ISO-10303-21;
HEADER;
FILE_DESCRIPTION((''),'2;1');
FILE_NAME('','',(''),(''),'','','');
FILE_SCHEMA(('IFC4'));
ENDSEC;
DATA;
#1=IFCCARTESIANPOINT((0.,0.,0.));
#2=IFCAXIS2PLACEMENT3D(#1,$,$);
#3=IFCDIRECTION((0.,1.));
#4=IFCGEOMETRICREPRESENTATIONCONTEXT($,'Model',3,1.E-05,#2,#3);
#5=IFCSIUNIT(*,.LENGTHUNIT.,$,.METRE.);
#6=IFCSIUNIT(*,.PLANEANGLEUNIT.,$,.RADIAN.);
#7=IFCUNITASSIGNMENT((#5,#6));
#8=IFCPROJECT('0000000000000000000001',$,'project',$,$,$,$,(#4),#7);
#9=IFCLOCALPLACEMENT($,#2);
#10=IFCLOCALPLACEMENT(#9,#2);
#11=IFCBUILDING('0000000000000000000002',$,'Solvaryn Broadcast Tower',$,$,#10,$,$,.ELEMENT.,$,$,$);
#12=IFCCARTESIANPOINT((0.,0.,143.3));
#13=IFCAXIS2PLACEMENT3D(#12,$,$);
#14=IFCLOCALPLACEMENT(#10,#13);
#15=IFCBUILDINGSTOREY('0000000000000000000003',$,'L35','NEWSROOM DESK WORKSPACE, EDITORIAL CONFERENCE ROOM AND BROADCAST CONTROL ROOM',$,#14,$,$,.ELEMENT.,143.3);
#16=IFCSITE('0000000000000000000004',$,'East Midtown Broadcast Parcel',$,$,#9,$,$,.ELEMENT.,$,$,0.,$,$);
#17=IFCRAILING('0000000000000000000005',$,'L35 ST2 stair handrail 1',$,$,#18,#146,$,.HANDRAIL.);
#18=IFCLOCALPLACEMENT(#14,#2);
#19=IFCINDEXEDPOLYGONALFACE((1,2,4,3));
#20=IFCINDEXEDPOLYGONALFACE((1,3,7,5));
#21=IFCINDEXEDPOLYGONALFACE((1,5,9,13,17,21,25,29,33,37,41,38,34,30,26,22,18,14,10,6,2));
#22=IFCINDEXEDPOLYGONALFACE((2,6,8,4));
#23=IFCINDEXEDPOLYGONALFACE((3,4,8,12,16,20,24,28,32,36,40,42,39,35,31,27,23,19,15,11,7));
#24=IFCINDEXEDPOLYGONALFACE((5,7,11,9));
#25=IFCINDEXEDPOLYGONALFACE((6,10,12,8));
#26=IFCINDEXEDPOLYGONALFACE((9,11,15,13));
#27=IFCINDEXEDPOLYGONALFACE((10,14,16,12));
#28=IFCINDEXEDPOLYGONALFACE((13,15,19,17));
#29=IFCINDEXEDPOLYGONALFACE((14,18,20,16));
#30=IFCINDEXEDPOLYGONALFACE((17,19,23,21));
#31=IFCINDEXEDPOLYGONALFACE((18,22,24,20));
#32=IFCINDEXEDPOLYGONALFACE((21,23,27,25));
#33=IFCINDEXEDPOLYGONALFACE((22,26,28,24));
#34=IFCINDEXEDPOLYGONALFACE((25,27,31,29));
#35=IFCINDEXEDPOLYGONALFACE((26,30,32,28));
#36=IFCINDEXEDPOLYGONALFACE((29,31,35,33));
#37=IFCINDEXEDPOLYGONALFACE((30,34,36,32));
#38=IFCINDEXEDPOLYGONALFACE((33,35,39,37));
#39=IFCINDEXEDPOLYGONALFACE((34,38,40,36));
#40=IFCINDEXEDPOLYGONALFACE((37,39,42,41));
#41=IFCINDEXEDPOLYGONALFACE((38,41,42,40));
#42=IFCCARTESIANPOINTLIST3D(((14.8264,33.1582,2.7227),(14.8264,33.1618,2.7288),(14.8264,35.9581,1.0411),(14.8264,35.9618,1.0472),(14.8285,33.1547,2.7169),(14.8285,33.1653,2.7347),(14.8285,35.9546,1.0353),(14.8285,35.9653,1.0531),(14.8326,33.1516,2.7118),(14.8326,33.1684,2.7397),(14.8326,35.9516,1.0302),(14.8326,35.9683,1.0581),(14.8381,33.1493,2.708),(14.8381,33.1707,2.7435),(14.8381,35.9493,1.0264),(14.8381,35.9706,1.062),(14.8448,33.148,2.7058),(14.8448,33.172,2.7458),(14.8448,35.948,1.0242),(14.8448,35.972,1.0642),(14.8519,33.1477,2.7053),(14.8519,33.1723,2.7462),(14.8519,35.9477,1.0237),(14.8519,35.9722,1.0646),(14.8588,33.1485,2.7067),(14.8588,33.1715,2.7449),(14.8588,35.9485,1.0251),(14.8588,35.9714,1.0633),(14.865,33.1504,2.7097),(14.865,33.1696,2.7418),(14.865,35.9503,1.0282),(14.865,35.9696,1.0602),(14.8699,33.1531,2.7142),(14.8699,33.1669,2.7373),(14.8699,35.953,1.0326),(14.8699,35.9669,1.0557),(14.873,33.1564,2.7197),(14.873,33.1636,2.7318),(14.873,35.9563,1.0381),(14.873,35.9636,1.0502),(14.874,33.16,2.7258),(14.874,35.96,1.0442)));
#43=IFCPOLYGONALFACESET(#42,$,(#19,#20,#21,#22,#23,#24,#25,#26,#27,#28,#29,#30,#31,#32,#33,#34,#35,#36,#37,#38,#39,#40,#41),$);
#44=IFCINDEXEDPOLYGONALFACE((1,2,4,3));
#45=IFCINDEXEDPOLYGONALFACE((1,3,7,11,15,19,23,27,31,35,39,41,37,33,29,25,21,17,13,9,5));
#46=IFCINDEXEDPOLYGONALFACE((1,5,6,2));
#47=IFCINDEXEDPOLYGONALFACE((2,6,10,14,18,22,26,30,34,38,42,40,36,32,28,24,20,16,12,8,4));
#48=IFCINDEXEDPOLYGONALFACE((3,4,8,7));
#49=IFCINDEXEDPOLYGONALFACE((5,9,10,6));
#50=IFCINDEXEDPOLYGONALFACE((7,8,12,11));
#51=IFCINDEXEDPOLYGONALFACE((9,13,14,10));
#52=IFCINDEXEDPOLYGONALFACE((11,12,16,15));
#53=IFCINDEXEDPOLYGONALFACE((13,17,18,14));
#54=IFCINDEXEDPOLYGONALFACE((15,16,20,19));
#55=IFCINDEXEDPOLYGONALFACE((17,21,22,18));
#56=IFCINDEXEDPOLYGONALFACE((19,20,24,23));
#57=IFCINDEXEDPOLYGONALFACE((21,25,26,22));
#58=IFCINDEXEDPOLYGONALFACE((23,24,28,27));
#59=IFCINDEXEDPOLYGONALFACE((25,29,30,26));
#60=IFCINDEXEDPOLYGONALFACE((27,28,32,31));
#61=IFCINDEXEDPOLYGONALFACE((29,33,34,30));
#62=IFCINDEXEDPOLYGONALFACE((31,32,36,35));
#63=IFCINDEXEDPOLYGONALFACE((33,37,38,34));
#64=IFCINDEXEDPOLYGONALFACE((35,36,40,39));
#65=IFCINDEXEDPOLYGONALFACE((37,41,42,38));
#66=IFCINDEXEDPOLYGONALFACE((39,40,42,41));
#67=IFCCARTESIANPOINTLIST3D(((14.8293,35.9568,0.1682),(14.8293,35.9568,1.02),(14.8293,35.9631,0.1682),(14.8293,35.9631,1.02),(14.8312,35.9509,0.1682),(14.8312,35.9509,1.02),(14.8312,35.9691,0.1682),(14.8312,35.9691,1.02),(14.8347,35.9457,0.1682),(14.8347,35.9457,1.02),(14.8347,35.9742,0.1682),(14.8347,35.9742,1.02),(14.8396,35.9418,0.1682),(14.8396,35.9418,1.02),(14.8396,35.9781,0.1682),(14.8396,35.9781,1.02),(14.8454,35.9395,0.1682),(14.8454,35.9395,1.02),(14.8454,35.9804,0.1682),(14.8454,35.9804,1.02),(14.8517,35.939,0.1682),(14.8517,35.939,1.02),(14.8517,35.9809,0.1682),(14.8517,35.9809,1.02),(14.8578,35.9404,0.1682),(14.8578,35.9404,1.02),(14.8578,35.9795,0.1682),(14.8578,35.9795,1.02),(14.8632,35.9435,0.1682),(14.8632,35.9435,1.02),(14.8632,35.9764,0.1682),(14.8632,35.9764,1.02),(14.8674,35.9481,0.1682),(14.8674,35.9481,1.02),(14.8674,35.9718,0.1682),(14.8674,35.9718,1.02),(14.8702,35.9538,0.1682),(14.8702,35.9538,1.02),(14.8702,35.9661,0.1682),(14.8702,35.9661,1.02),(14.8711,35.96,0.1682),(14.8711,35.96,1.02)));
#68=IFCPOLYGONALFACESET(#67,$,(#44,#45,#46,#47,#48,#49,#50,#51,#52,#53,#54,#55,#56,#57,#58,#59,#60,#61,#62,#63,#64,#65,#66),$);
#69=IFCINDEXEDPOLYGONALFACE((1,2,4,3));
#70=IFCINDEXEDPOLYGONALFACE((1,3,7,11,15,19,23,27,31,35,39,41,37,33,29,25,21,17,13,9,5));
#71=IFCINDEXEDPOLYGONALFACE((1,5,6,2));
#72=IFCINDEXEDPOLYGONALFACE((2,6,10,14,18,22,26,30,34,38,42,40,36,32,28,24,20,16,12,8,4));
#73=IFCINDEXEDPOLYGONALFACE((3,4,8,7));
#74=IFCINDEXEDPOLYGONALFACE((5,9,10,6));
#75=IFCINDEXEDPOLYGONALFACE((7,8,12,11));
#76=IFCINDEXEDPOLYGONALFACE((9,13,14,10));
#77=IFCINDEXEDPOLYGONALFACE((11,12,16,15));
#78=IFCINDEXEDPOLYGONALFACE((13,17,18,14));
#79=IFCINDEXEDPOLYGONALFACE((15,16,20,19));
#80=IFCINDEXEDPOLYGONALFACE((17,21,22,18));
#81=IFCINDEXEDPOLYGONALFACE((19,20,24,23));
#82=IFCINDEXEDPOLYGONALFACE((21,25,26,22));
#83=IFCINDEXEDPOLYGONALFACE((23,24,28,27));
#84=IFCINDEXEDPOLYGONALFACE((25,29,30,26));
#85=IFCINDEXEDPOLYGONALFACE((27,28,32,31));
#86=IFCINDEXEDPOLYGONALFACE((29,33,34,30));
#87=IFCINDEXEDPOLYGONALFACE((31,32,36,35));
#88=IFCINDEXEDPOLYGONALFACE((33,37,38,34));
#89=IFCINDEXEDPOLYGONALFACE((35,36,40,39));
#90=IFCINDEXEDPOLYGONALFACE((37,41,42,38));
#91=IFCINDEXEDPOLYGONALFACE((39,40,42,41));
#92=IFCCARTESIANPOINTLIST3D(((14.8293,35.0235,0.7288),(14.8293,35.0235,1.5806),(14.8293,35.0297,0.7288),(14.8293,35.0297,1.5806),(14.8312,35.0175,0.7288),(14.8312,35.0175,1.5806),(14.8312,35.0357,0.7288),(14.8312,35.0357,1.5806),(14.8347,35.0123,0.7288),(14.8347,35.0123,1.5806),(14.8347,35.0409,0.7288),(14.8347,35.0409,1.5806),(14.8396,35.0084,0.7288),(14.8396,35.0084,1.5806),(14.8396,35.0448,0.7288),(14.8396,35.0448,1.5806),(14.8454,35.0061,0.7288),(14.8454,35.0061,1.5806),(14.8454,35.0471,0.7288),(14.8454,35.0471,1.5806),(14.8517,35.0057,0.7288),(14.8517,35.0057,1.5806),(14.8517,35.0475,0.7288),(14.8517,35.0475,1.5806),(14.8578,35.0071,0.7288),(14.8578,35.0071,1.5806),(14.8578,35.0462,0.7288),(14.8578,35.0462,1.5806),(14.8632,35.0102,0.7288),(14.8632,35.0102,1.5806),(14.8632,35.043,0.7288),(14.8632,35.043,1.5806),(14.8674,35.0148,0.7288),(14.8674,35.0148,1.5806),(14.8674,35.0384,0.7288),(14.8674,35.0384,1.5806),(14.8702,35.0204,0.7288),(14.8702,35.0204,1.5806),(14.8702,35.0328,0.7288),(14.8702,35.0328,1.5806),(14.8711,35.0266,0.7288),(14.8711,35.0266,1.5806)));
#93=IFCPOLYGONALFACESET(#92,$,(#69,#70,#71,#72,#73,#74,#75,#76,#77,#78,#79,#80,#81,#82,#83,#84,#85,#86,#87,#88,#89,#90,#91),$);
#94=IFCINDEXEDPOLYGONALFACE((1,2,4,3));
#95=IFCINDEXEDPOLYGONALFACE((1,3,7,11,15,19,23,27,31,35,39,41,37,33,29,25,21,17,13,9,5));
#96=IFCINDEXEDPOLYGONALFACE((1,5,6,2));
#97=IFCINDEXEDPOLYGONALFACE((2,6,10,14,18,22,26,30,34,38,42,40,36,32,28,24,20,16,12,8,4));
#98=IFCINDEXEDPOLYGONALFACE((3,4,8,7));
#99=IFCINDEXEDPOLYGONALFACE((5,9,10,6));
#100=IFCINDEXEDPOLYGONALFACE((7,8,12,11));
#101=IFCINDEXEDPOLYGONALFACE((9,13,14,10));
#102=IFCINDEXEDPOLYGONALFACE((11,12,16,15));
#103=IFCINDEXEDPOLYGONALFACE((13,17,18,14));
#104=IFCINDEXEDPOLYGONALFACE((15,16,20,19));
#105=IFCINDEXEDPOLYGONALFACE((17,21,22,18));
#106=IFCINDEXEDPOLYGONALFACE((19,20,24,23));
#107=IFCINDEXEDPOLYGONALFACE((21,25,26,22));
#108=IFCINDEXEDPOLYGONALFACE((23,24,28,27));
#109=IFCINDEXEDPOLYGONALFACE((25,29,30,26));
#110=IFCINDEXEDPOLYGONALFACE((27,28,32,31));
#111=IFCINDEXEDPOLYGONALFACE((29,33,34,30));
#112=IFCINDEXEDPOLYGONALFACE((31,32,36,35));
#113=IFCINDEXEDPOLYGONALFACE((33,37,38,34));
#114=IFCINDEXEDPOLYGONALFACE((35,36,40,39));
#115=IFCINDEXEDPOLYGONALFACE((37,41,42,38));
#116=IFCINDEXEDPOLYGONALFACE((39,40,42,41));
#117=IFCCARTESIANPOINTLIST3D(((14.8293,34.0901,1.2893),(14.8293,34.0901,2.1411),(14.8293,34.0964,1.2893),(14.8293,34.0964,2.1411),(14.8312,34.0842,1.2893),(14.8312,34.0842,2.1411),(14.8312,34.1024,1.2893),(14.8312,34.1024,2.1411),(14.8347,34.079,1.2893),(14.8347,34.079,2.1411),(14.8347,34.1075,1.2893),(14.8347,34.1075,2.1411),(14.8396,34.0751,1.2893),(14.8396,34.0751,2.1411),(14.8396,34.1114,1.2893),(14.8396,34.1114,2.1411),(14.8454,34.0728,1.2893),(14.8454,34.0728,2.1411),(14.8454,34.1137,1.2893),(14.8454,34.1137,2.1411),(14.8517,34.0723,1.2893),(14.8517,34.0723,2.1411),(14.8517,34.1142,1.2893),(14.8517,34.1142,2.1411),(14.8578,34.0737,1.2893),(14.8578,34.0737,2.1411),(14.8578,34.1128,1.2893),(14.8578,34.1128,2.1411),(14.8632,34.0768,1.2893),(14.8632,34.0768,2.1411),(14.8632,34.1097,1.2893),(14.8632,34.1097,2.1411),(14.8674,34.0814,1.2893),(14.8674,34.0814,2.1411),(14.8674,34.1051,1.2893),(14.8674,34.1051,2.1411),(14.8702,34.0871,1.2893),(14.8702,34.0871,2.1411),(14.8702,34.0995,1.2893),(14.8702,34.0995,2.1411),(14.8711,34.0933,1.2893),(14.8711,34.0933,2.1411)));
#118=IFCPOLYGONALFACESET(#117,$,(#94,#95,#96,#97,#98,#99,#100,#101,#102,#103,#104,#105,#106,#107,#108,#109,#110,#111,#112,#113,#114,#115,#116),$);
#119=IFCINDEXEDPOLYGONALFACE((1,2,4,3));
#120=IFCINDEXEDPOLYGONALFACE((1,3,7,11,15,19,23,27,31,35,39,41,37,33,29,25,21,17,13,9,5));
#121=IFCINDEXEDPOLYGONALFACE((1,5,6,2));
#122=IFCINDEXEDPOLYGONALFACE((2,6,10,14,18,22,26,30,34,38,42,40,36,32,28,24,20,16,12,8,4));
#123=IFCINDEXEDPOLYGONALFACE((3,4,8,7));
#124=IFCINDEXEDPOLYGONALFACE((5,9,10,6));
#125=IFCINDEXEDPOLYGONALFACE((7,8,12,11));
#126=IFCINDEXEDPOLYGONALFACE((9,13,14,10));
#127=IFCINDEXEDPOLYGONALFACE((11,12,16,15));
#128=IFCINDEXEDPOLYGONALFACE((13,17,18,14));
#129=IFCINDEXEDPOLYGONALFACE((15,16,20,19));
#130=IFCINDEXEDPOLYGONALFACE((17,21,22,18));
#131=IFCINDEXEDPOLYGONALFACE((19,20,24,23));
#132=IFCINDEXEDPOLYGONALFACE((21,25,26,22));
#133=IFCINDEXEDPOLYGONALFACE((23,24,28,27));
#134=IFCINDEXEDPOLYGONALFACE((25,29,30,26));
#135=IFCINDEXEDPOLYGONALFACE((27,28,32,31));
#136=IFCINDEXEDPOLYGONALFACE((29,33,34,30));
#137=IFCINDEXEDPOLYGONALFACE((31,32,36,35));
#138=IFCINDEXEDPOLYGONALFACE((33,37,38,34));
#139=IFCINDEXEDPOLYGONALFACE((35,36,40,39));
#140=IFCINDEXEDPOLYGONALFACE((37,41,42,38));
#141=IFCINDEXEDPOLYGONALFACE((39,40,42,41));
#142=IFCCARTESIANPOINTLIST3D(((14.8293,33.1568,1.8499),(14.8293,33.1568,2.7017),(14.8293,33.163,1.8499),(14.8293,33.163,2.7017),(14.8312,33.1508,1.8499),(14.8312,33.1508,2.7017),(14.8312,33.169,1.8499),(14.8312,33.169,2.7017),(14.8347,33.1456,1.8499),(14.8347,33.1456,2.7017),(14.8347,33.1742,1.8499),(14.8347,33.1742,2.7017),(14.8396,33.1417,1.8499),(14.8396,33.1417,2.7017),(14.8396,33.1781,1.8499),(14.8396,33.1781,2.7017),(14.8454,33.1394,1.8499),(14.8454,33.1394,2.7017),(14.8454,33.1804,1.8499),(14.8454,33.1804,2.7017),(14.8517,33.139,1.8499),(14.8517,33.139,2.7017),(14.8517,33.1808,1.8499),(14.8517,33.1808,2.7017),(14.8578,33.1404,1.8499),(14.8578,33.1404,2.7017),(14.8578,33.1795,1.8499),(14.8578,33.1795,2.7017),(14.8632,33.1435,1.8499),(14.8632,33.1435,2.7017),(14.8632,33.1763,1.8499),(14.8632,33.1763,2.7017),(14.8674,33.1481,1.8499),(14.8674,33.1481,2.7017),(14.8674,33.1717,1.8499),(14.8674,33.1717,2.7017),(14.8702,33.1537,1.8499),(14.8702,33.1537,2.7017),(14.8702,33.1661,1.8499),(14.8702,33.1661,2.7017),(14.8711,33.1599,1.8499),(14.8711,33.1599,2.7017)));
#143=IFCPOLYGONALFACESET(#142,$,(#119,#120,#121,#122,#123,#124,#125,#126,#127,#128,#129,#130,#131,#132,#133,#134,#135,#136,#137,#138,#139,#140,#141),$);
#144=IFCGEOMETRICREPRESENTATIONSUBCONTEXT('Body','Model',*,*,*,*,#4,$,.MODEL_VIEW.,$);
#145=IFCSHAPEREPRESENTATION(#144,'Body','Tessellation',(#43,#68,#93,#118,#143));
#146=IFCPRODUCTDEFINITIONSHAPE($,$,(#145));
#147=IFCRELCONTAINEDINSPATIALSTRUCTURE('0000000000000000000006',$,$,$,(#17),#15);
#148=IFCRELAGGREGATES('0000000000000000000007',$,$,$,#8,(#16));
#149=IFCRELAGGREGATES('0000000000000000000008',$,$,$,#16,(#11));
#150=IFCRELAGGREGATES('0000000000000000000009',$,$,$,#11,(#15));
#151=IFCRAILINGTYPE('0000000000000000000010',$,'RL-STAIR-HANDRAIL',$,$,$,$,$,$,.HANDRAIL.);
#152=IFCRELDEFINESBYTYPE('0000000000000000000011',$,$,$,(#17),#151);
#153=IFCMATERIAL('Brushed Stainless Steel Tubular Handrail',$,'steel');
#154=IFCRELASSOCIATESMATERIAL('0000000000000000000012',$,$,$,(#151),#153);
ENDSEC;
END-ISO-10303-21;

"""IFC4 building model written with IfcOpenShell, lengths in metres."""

from ifc_helpers import new_model, si_unit, direction, frame, origin, origin_2d, place, context, subcontext, project, spatial, circle, extrude, material, type_object, element, save


model = new_model("IFC4")

# Units and contexts
model_context = context("Model", 3, precision=1e-05, world=origin(), true_north=direction((0.0, 1.0)))
body_context = subcontext(model_context, "Body", "Model", "MODEL_VIEW")
ifc_project = project(units=[si_unit("LENGTHUNIT", "METRE"), si_unit("PLANEANGLEUNIT", "RADIAN")], contexts=[model_context])

# Site, building, storey
site_placement = place(None, origin())
site = spatial("IfcSite", under=ifc_project, at=site_placement, Name="East Midtown Broadcast Parcel", CompositionType="ELEMENT", RefElevation=0.0)
building_placement = place(site_placement, origin())
building = spatial("IfcBuilding", under=site, at=building_placement, Name="Solvaryn Broadcast Tower", CompositionType="ELEMENT")
storey_placement = place(building_placement, frame((0.0, 0.0, 143.3)))
storey = spatial("IfcBuildingStorey", under=building, at=storey_placement, Name="L35", Description="NEWSROOM DESK WORKSPACE, EDITORIAL CONFERENCE ROOM AND BROADCAST CONTROL ROOM", CompositionType="ELEMENT", Elevation=143.3)

# Railing
ifc_material_1 = material(Name="Brushed Stainless Steel Tubular Handrail", Category="steel")
railing_type_1 = type_object("IfcRailingType", Name="RL-STAIR-HANDRAIL", PredefinedType="HANDRAIL", material=ifc_material_1)
railing_1_placement = place(storey_placement, frame((14.8501, 35.96, 0.1682)))
element("IfcRailing", 1, at=railing_1_placement, inside=storey, type_object=railing_type_1, Name="L35 ST2 stair handrail 1", PredefinedType="HANDRAIL", context=body_context, shape_type="SweptSolid", body=[
    extrude(circle(Radius=0.0239, at=origin_2d()), frame((0.0, 0.0, 0.876), z_axis=(0.0, -0.857275, 0.514858), x_axis=(1.0, 0.0, 0.0)), (0.0, 0.0, 1.0), 3.2661),
    extrude(circle(Radius=0.021, at=origin_2d()), origin(), (0.0, 0.0, 1.0), 0.8518),
    extrude(circle(Radius=0.021, at=origin_2d()), frame((0.0, -0.9333, 0.5605)), (0.0, 0.0, 1.0), 0.8518),
    extrude(circle(Radius=0.021, at=origin_2d()), frame((0.0, -1.8667, 1.1211)), (0.0, 0.0, 1.0), 0.8518),
    extrude(circle(Radius=0.021, at=origin_2d()), frame((0.0, -2.8, 1.6816)), (0.0, 0.0, 1.0), 0.8518),
])

save(model, "model.ifc")
